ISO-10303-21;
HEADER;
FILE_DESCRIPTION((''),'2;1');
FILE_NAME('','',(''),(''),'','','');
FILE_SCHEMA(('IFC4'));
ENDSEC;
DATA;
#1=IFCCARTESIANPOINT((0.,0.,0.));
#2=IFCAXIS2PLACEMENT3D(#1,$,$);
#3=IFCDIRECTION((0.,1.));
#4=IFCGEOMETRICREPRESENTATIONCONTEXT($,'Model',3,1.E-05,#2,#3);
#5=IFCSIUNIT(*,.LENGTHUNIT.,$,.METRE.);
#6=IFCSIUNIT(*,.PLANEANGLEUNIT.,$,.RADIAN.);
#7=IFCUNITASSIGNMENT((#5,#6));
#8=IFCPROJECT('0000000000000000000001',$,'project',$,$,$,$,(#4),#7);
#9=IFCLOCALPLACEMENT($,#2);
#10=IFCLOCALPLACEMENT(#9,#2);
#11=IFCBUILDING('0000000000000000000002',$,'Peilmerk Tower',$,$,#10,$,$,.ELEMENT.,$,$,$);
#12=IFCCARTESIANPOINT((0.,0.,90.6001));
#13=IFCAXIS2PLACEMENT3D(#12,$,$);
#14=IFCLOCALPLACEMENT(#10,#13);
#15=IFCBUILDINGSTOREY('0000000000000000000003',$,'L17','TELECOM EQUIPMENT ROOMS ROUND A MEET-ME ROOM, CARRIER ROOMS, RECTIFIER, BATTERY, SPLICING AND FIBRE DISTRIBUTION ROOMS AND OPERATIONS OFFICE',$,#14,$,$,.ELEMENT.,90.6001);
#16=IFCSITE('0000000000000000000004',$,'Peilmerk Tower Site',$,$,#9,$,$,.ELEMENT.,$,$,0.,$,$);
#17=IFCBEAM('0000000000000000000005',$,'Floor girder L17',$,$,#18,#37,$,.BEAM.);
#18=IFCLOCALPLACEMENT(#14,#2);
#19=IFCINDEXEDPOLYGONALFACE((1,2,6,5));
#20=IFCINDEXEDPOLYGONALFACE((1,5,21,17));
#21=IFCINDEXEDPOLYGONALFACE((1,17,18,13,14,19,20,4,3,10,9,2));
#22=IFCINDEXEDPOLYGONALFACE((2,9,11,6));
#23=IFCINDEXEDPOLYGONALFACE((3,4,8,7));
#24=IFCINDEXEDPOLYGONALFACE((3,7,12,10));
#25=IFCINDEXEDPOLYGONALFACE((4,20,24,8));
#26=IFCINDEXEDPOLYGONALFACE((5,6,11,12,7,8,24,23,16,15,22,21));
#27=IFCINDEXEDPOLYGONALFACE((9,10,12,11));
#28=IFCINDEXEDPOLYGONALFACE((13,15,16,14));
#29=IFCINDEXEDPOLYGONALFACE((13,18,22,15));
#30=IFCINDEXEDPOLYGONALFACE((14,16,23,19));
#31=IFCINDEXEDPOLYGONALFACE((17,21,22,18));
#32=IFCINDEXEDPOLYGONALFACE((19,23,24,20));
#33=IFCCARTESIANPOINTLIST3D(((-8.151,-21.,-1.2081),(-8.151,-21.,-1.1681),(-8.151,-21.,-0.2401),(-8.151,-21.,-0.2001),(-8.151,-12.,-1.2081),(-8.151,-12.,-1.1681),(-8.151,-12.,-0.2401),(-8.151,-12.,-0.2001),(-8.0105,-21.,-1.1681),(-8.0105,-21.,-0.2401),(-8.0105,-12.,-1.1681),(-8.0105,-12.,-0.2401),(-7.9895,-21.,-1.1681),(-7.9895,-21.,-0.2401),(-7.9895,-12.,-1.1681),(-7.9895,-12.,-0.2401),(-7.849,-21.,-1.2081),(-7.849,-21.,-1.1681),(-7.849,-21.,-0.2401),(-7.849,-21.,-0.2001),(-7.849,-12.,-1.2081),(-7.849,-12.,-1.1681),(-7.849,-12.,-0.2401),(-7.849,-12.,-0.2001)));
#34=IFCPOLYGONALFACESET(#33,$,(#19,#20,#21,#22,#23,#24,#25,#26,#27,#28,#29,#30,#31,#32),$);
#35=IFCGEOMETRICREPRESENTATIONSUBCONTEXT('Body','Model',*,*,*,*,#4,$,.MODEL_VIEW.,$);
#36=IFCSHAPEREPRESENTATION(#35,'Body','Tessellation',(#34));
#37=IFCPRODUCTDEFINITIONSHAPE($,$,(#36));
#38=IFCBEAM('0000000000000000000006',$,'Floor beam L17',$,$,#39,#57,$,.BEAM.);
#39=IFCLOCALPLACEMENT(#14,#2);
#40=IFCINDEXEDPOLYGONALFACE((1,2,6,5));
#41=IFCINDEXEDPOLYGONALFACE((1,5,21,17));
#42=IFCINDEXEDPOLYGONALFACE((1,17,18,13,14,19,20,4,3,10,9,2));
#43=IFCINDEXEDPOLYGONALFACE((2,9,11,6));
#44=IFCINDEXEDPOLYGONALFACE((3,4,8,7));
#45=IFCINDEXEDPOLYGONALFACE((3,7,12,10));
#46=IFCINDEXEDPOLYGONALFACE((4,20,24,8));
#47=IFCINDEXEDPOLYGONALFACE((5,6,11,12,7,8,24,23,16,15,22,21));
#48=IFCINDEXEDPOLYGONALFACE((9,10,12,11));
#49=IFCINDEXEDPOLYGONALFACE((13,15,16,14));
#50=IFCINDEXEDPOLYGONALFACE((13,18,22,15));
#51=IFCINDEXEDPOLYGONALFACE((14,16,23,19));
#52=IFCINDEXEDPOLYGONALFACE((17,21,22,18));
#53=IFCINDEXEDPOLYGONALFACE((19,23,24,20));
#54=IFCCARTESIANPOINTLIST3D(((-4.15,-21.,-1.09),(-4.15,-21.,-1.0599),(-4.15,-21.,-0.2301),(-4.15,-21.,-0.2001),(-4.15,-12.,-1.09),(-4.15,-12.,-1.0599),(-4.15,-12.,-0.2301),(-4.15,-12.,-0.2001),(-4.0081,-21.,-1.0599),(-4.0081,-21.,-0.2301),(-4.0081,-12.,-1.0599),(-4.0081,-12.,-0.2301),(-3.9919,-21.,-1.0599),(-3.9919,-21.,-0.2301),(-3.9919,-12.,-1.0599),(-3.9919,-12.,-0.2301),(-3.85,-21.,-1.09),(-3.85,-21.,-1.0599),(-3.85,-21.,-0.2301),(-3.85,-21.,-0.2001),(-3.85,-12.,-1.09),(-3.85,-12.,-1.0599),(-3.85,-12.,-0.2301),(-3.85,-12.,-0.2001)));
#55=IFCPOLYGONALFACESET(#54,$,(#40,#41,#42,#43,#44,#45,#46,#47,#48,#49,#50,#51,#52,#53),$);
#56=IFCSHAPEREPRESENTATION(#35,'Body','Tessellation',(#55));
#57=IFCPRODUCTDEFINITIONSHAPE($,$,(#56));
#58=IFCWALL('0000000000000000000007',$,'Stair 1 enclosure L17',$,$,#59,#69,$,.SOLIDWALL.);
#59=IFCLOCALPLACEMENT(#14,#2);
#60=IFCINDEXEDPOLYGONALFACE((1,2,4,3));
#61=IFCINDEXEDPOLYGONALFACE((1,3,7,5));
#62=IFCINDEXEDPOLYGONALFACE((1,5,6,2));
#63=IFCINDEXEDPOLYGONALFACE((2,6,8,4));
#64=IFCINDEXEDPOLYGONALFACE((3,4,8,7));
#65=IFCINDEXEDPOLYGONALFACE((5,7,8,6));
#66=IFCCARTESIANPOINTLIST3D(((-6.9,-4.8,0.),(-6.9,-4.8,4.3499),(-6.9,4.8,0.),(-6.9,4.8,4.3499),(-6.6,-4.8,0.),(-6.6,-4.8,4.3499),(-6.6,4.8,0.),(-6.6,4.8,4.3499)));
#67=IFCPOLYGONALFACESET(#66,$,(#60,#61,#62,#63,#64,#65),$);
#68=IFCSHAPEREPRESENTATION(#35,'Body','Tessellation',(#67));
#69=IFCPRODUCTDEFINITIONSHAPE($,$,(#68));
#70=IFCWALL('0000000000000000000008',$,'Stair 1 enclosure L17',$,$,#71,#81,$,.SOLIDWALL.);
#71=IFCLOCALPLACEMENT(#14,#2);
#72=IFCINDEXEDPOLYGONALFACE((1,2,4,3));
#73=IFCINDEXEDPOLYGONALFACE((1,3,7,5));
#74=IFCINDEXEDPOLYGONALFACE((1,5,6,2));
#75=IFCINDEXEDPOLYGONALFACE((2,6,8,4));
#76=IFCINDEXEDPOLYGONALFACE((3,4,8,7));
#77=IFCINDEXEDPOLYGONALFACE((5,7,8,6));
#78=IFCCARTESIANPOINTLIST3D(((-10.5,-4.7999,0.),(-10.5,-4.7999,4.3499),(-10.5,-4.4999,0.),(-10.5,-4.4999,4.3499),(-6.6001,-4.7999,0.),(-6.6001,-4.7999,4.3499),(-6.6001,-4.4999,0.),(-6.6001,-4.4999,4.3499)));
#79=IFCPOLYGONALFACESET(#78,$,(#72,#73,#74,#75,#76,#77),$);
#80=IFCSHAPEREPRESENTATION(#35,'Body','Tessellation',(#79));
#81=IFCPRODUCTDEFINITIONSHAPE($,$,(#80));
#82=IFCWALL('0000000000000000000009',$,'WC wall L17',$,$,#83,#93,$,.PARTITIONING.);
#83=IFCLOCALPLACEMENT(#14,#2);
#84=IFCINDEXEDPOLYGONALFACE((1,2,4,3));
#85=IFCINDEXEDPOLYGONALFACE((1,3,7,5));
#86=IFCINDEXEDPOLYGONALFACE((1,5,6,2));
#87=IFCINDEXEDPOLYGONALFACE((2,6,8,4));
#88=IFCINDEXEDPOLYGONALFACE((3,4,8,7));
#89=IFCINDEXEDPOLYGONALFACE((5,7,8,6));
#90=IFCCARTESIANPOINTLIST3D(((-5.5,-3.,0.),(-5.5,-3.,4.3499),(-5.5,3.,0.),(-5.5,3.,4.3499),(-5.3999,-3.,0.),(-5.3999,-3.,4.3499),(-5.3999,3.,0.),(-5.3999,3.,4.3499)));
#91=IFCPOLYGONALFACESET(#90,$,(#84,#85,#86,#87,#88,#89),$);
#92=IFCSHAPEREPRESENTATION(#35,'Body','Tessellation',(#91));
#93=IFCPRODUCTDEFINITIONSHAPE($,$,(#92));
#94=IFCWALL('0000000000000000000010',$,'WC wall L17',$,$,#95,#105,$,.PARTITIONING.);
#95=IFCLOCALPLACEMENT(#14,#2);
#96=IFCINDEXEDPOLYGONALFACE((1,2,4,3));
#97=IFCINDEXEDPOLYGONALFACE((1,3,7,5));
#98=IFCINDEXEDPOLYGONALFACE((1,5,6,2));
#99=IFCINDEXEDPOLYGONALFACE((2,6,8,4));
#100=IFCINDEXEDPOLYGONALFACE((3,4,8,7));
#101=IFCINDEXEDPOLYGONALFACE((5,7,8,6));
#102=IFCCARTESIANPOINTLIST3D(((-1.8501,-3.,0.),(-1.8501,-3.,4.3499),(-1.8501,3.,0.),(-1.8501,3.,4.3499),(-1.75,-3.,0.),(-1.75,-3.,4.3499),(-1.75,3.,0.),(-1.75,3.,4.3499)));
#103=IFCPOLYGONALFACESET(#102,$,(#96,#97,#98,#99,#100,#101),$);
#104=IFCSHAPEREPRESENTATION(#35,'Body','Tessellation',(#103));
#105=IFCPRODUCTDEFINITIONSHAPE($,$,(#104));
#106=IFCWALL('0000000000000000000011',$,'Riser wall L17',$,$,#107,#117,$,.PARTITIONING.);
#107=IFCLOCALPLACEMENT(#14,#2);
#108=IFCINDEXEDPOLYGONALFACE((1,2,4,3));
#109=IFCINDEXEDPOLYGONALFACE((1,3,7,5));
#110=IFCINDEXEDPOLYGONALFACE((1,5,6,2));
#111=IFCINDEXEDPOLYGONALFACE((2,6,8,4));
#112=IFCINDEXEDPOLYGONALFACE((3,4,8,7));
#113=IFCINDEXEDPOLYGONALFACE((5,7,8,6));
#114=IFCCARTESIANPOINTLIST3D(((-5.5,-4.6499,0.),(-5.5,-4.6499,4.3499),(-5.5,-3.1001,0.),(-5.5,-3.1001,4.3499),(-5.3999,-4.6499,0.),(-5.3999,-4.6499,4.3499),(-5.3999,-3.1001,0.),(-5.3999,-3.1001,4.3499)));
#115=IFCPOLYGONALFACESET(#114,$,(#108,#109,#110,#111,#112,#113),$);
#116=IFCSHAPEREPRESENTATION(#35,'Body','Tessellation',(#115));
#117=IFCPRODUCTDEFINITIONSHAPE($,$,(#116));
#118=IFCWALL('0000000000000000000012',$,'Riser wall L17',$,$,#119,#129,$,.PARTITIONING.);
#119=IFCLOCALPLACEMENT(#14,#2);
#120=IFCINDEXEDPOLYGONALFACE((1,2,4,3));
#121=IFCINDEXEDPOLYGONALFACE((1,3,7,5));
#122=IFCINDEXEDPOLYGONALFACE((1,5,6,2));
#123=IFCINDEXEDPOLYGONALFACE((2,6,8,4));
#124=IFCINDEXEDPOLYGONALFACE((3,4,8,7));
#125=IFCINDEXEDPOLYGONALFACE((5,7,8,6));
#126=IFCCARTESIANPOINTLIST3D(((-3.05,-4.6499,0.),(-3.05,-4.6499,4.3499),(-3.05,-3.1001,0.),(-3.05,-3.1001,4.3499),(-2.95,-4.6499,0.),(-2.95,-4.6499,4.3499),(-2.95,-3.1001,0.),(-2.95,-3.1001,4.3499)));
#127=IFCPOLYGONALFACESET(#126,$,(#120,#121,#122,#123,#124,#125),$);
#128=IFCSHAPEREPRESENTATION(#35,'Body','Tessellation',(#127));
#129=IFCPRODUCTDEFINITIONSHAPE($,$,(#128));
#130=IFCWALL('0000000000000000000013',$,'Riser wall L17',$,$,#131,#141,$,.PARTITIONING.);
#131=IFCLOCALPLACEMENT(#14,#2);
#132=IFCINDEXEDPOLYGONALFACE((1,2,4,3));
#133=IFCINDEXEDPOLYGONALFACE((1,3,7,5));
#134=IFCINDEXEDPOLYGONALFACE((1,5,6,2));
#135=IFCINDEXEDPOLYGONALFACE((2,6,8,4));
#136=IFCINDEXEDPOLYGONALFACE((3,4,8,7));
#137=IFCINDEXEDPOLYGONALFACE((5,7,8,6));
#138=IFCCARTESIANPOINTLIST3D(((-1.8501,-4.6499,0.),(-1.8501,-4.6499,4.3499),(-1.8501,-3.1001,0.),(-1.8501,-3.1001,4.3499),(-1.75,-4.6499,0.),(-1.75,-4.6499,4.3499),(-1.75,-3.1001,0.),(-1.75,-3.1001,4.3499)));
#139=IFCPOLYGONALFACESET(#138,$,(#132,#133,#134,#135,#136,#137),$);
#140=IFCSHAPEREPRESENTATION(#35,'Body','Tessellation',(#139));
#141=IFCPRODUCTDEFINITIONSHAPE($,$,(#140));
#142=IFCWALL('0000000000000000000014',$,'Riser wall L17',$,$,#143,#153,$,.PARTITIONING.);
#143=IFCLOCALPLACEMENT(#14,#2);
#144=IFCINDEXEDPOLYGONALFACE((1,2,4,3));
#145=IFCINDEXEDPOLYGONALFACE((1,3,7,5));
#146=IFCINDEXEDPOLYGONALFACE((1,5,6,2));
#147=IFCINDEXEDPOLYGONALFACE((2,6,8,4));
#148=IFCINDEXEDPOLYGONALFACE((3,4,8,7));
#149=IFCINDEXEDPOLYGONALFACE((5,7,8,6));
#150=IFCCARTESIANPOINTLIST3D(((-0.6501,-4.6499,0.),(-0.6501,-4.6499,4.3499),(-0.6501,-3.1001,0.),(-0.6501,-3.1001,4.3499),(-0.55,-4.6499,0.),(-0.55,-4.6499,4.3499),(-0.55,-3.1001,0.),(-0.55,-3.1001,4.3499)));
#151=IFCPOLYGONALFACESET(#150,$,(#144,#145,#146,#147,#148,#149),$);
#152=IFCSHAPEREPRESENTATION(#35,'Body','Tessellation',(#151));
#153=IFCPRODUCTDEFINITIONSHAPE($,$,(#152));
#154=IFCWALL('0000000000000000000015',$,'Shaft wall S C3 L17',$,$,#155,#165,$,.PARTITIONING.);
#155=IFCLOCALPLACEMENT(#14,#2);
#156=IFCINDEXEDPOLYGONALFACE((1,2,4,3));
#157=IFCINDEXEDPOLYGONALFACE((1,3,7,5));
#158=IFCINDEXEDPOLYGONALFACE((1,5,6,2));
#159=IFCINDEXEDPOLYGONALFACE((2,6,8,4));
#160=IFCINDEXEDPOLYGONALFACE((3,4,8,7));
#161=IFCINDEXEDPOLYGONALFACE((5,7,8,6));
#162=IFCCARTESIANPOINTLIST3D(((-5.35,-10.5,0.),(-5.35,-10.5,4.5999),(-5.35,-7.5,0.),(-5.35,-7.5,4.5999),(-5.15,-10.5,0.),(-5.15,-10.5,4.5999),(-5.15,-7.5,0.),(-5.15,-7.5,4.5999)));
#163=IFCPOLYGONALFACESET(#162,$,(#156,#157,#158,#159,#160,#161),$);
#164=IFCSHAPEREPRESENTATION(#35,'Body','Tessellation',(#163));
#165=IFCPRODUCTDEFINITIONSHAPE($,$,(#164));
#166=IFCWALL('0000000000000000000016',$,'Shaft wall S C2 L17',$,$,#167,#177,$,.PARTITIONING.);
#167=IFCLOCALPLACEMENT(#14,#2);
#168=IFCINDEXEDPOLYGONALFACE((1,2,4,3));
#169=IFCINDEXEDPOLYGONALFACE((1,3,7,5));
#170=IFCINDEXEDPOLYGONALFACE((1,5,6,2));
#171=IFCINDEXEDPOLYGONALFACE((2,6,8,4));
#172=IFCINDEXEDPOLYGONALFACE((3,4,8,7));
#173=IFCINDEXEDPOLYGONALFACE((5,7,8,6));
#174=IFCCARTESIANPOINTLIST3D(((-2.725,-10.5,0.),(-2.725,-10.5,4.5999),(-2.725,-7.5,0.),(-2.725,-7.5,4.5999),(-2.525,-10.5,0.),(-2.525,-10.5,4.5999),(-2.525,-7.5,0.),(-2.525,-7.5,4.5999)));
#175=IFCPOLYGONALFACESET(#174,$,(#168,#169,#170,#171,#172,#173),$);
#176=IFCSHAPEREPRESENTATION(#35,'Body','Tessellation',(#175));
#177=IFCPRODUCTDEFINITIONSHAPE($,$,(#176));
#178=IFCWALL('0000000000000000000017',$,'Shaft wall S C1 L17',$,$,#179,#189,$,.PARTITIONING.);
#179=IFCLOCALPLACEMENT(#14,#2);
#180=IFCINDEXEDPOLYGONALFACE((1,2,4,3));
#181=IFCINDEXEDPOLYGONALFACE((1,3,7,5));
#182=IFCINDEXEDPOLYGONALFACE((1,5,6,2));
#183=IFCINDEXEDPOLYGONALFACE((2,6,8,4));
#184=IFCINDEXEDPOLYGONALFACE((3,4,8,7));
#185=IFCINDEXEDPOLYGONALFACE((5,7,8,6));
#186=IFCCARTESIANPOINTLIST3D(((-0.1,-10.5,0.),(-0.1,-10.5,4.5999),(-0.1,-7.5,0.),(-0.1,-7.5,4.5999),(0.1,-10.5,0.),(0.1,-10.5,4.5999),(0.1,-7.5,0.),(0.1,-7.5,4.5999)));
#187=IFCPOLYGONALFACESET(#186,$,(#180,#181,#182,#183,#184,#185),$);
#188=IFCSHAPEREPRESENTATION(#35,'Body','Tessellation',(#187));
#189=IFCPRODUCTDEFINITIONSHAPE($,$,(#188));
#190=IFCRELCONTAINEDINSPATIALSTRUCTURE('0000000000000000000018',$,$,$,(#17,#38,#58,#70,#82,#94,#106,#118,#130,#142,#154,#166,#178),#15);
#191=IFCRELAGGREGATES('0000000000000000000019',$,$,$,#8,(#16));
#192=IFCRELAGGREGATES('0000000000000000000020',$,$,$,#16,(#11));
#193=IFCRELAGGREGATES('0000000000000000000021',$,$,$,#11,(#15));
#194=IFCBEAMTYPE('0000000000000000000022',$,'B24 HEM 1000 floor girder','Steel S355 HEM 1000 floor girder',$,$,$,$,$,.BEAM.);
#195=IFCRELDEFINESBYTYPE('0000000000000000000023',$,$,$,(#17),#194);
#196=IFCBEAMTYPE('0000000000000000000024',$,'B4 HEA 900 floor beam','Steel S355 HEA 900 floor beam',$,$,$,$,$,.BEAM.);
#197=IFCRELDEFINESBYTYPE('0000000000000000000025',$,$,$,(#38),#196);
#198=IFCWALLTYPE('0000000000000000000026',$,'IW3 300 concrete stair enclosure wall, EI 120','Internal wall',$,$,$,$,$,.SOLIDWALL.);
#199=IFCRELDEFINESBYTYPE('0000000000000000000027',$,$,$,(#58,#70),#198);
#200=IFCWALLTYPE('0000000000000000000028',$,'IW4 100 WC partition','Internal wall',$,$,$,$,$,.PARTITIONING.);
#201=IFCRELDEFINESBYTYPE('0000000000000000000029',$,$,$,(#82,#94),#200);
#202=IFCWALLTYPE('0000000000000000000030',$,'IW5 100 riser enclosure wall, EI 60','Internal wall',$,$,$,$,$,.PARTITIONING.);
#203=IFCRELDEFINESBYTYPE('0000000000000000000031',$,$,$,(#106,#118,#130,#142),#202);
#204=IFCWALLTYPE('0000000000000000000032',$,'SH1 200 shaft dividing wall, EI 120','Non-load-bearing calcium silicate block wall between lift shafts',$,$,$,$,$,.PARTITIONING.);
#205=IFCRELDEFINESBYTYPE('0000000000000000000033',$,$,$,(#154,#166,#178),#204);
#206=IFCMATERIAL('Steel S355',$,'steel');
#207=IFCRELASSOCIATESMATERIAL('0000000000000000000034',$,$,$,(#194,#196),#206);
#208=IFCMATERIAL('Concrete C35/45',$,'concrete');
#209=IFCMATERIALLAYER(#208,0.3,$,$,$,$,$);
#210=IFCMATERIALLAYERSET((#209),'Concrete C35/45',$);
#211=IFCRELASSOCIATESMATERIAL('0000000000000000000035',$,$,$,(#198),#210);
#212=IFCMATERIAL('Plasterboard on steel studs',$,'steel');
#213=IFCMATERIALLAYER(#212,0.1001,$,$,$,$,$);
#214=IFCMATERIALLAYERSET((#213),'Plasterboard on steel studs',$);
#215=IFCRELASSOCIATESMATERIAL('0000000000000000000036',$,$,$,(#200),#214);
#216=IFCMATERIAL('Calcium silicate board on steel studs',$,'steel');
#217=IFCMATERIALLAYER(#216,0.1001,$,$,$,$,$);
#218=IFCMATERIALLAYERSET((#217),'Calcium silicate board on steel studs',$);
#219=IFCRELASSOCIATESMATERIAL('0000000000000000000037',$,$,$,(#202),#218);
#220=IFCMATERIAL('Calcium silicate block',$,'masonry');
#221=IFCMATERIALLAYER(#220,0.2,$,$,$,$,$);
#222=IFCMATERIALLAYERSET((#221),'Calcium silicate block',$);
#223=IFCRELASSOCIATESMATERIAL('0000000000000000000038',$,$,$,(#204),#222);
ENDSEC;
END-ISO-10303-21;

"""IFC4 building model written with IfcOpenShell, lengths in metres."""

from ifc_helpers import new_model, si_unit, direction, frame, frame_2d, origin, origin_2d, place, context, subcontext, project, spatial, rectangle, i_section, extrude, material, layer, layer_set, material_profile, profile_set, type_object, element, save


model = new_model("IFC4")

# Units and contexts
model_context = context("Model", 3, precision=1e-05, world=origin(), true_north=direction((0.0, 1.0)))
body_context = subcontext(model_context, "Body", "Model", "MODEL_VIEW")
ifc_project = project(units=[si_unit("LENGTHUNIT", "METRE"), si_unit("PLANEANGLEUNIT", "RADIAN")], contexts=[model_context])

# Site, building, storey
site_placement = place(None, origin())
site = spatial("IfcSite", under=ifc_project, at=site_placement, Name="Peilmerk Tower Site", CompositionType="ELEMENT", RefElevation=0.0)
building_placement = place(site_placement, origin())
building = spatial("IfcBuilding", under=site, at=building_placement, Name="Peilmerk Tower", CompositionType="ELEMENT")
storey_placement = place(building_placement, frame((0.0, 0.0, 90.6001)))
storey = spatial("IfcBuildingStorey", under=building, at=storey_placement, Name="L17", Description="TELECOM EQUIPMENT ROOMS ROUND A MEET-ME ROOM, CARRIER ROOMS, RECTIFIER, BATTERY, SPLICING AND FIBRE DISTRIBUTION ROOMS AND OPERATIONS OFFICE", CompositionType="ELEMENT", Elevation=90.6001)

# Beams
ifc_material_1 = material(Name="Steel S355", Category="steel")
ifc_material_profile_1 = material_profile(ifc_material_1, i_section(OverallWidth=0.302, OverallDepth=1.0081, WebThickness=0.021, FlangeThickness=0.04, at=origin_2d()), Name="HEM 1000")
ifc_profile_set_1 = profile_set([ifc_material_profile_1], Name="Steel S355")
beam_type_1 = type_object("IfcBeamType", Name="B24 HEM 1000 floor girder", Description="Steel S355 HEM 1000 floor girder", PredefinedType="BEAM", material=ifc_profile_set_1)
beam_1_placement = place(storey_placement, frame((-8.0, -12.0, -0.7041), z_axis=(0.0, -1.0, 0.0), x_axis=(1.0, 0.0, 0.0)))
element("IfcBeam", 1, at=beam_1_placement, inside=storey, type_object=beam_type_1, Name="Floor girder L17", PredefinedType="BEAM", context=body_context, shape_type="SweptSolid", body=[
    extrude(i_section(OverallWidth=0.302, OverallDepth=1.0081, WebThickness=0.021, FlangeThickness=0.04, at=origin_2d()), origin(), (0.0, 0.0, 1.0), 9.0),
])
ifc_material_profile_2 = material_profile(ifc_material_1, i_section(OverallWidth=0.3, OverallDepth=0.8899, WebThickness=0.0161, FlangeThickness=0.03, at=origin_2d()), Name="HEA 900")
ifc_profile_set_2 = profile_set([ifc_material_profile_2], Name="Steel S355")
beam_type_2 = type_object("IfcBeamType", Name="B4 HEA 900 floor beam", Description="Steel S355 HEA 900 floor beam", PredefinedType="BEAM", material=ifc_profile_set_2)
beam_2_placement = place(storey_placement, frame((-4.0, -12.0, -0.645), z_axis=(0.0, -1.0, 0.0), x_axis=(1.0, 0.0, 0.0)))
element("IfcBeam", 2, at=beam_2_placement, inside=storey, type_object=beam_type_2, Name="Floor beam L17", PredefinedType="BEAM", context=body_context, shape_type="SweptSolid", body=[
    extrude(i_section(OverallWidth=0.3, OverallDepth=0.8899, WebThickness=0.0161, FlangeThickness=0.03, at=origin_2d()), origin(), (0.0, 0.0, 1.0), 9.0),
])

# Walls
ifc_material_2 = material(Name="Concrete C35/45", Category="concrete")
ifc_layer_1 = layer(ifc_material_2, 0.3)
ifc_layer_set_1 = layer_set([ifc_layer_1], Name="Concrete C35/45")
wall_type_1 = type_object("IfcWallType", Name="IW3 300 concrete stair enclosure wall, EI 120", Description="Internal wall", PredefinedType="SOLIDWALL", material=ifc_layer_set_1)
wall_1_placement = place(storey_placement, frame((-6.75, -4.8, 0.0), z_axis=(0.0, 0.0, 1.0), x_axis=(0.0, 1.0, 0.0)))
element("IfcWall", 3, at=wall_1_placement, inside=storey, type_object=wall_type_1, Name="Stair 1 enclosure L17", PredefinedType="SOLIDWALL", context=body_context, shape_type="SweptSolid", body=[
    extrude(rectangle(XDim=9.6001, YDim=0.3, at=frame_2d((4.8, 0.0))), origin(), (0.0, 0.0, 1.0), 4.3499),
])
wall_2_placement = place(storey_placement, frame((-6.6001, -4.6499, 0.0), z_axis=(0.0, 0.0, 1.0), x_axis=(-1.0, 0.0, 0.0)))
element("IfcWall", 4, at=wall_2_placement, inside=storey, type_object=wall_type_1, Name="Stair 1 enclosure L17", PredefinedType="SOLIDWALL", context=body_context, shape_type="SweptSolid", body=[
    extrude(rectangle(XDim=3.8999, YDim=0.3, at=frame_2d((1.95, 0.0))), origin(), (0.0, 0.0, 1.0), 4.3499),
])
ifc_material_3 = material(Name="Plasterboard on steel studs", Category="steel")
ifc_layer_2 = layer(ifc_material_3, 0.1001)
ifc_layer_set_2 = layer_set([ifc_layer_2], Name="Plasterboard on steel studs")
wall_type_2 = type_object("IfcWallType", Name="IW4 100 WC partition", Description="Internal wall", PredefinedType="PARTITIONING", material=ifc_layer_set_2)
for number, where, z_axis, x_axis, name in (
    (5, (-5.45, -3.0, 0.0), (0.0, 0.0, 1.0), (0.0, 1.0, 0.0), "WC wall L17"),
    (6, (-1.8, -3.0, 0.0), (0.0, 0.0, 1.0), (0.0, 1.0, 0.0), "WC wall L17"),
):
    element("IfcWall", number, at=place(storey_placement, frame(where, z_axis=z_axis, x_axis=x_axis)), inside=storey, type_object=wall_type_2, Name=name, PredefinedType="PARTITIONING", context=body_context, shape_type="SweptSolid", body=[
        extrude(rectangle(XDim=6.0, YDim=0.1001, at=frame_2d((3.0, 0.0))), origin(), (0.0, 0.0, 1.0), 4.3499),
    ])
ifc_material_4 = material(Name="Calcium silicate board on steel studs", Category="steel")
ifc_layer_3 = layer(ifc_material_4, 0.1001)
ifc_layer_set_3 = layer_set([ifc_layer_3], Name="Calcium silicate board on steel studs")
wall_type_3 = type_object("IfcWallType", Name="IW5 100 riser enclosure wall, EI 60", Description="Internal wall", PredefinedType="PARTITIONING", material=ifc_layer_set_3)
for number, where, z_axis, x_axis, name in (
    (7, (-5.45, -3.1001, 0.0), (0.0, 0.0, 1.0), (0.0, -1.0, 0.0), "Riser wall L17"),
    (8, (-3.0, -3.1001, 0.0), (0.0, 0.0, 1.0), (0.0, -1.0, 0.0), "Riser wall L17"),
    (9, (-1.8, -3.1001, 0.0), (0.0, 0.0, 1.0), (0.0, -1.0, 0.0), "Riser wall L17"),
    (10, (-0.6001, -3.1001, 0.0), (0.0, 0.0, 1.0), (0.0, -1.0, 0.0), "Riser wall L17"),
):
    element("IfcWall", number, at=place(storey_placement, frame(where, z_axis=z_axis, x_axis=x_axis)), inside=storey, type_object=wall_type_3, Name=name, PredefinedType="PARTITIONING", context=body_context, shape_type="SweptSolid", body=[
        extrude(rectangle(XDim=1.5498, YDim=0.1001, at=frame_2d((0.7749, 0.0))), origin(), (0.0, 0.0, 1.0), 4.3499),
    ])
ifc_material_5 = material(Name="Calcium silicate block", Category="masonry")
ifc_layer_4 = layer(ifc_material_5, 0.2)
ifc_layer_set_4 = layer_set([ifc_layer_4], Name="Calcium silicate block")
wall_type_4 = type_object("IfcWallType", Name="SH1 200 shaft dividing wall, EI 120", Description="Non-load-bearing calcium silicate block wall between lift shafts", PredefinedType="PARTITIONING", material=ifc_layer_set_4)
for number, where, z_axis, x_axis, name in (
    (11, (-5.25, -10.5, 0.0), (0.0, 0.0, 1.0), (0.0, 1.0, 0.0), "Shaft wall S C3 L17"),
    (12, (-2.625, -10.5, 0.0), (0.0, 0.0, 1.0), (0.0, 1.0, 0.0), "Shaft wall S C2 L17"),
    (13, (0.0, -10.5, 0.0), (0.0, 0.0, 1.0), (0.0, 1.0, 0.0), "Shaft wall S C1 L17"),
):
    element("IfcWall", number, at=place(storey_placement, frame(where, z_axis=z_axis, x_axis=x_axis)), inside=storey, type_object=wall_type_4, Name=name, PredefinedType="PARTITIONING", context=body_context, shape_type="SweptSolid", body=[
        extrude(rectangle(XDim=3.0, YDim=0.2, at=frame_2d((1.5, 0.0))), origin(), (0.0, 0.0, 1.0), 4.5999),
    ])

save(model, "model.ifc")
